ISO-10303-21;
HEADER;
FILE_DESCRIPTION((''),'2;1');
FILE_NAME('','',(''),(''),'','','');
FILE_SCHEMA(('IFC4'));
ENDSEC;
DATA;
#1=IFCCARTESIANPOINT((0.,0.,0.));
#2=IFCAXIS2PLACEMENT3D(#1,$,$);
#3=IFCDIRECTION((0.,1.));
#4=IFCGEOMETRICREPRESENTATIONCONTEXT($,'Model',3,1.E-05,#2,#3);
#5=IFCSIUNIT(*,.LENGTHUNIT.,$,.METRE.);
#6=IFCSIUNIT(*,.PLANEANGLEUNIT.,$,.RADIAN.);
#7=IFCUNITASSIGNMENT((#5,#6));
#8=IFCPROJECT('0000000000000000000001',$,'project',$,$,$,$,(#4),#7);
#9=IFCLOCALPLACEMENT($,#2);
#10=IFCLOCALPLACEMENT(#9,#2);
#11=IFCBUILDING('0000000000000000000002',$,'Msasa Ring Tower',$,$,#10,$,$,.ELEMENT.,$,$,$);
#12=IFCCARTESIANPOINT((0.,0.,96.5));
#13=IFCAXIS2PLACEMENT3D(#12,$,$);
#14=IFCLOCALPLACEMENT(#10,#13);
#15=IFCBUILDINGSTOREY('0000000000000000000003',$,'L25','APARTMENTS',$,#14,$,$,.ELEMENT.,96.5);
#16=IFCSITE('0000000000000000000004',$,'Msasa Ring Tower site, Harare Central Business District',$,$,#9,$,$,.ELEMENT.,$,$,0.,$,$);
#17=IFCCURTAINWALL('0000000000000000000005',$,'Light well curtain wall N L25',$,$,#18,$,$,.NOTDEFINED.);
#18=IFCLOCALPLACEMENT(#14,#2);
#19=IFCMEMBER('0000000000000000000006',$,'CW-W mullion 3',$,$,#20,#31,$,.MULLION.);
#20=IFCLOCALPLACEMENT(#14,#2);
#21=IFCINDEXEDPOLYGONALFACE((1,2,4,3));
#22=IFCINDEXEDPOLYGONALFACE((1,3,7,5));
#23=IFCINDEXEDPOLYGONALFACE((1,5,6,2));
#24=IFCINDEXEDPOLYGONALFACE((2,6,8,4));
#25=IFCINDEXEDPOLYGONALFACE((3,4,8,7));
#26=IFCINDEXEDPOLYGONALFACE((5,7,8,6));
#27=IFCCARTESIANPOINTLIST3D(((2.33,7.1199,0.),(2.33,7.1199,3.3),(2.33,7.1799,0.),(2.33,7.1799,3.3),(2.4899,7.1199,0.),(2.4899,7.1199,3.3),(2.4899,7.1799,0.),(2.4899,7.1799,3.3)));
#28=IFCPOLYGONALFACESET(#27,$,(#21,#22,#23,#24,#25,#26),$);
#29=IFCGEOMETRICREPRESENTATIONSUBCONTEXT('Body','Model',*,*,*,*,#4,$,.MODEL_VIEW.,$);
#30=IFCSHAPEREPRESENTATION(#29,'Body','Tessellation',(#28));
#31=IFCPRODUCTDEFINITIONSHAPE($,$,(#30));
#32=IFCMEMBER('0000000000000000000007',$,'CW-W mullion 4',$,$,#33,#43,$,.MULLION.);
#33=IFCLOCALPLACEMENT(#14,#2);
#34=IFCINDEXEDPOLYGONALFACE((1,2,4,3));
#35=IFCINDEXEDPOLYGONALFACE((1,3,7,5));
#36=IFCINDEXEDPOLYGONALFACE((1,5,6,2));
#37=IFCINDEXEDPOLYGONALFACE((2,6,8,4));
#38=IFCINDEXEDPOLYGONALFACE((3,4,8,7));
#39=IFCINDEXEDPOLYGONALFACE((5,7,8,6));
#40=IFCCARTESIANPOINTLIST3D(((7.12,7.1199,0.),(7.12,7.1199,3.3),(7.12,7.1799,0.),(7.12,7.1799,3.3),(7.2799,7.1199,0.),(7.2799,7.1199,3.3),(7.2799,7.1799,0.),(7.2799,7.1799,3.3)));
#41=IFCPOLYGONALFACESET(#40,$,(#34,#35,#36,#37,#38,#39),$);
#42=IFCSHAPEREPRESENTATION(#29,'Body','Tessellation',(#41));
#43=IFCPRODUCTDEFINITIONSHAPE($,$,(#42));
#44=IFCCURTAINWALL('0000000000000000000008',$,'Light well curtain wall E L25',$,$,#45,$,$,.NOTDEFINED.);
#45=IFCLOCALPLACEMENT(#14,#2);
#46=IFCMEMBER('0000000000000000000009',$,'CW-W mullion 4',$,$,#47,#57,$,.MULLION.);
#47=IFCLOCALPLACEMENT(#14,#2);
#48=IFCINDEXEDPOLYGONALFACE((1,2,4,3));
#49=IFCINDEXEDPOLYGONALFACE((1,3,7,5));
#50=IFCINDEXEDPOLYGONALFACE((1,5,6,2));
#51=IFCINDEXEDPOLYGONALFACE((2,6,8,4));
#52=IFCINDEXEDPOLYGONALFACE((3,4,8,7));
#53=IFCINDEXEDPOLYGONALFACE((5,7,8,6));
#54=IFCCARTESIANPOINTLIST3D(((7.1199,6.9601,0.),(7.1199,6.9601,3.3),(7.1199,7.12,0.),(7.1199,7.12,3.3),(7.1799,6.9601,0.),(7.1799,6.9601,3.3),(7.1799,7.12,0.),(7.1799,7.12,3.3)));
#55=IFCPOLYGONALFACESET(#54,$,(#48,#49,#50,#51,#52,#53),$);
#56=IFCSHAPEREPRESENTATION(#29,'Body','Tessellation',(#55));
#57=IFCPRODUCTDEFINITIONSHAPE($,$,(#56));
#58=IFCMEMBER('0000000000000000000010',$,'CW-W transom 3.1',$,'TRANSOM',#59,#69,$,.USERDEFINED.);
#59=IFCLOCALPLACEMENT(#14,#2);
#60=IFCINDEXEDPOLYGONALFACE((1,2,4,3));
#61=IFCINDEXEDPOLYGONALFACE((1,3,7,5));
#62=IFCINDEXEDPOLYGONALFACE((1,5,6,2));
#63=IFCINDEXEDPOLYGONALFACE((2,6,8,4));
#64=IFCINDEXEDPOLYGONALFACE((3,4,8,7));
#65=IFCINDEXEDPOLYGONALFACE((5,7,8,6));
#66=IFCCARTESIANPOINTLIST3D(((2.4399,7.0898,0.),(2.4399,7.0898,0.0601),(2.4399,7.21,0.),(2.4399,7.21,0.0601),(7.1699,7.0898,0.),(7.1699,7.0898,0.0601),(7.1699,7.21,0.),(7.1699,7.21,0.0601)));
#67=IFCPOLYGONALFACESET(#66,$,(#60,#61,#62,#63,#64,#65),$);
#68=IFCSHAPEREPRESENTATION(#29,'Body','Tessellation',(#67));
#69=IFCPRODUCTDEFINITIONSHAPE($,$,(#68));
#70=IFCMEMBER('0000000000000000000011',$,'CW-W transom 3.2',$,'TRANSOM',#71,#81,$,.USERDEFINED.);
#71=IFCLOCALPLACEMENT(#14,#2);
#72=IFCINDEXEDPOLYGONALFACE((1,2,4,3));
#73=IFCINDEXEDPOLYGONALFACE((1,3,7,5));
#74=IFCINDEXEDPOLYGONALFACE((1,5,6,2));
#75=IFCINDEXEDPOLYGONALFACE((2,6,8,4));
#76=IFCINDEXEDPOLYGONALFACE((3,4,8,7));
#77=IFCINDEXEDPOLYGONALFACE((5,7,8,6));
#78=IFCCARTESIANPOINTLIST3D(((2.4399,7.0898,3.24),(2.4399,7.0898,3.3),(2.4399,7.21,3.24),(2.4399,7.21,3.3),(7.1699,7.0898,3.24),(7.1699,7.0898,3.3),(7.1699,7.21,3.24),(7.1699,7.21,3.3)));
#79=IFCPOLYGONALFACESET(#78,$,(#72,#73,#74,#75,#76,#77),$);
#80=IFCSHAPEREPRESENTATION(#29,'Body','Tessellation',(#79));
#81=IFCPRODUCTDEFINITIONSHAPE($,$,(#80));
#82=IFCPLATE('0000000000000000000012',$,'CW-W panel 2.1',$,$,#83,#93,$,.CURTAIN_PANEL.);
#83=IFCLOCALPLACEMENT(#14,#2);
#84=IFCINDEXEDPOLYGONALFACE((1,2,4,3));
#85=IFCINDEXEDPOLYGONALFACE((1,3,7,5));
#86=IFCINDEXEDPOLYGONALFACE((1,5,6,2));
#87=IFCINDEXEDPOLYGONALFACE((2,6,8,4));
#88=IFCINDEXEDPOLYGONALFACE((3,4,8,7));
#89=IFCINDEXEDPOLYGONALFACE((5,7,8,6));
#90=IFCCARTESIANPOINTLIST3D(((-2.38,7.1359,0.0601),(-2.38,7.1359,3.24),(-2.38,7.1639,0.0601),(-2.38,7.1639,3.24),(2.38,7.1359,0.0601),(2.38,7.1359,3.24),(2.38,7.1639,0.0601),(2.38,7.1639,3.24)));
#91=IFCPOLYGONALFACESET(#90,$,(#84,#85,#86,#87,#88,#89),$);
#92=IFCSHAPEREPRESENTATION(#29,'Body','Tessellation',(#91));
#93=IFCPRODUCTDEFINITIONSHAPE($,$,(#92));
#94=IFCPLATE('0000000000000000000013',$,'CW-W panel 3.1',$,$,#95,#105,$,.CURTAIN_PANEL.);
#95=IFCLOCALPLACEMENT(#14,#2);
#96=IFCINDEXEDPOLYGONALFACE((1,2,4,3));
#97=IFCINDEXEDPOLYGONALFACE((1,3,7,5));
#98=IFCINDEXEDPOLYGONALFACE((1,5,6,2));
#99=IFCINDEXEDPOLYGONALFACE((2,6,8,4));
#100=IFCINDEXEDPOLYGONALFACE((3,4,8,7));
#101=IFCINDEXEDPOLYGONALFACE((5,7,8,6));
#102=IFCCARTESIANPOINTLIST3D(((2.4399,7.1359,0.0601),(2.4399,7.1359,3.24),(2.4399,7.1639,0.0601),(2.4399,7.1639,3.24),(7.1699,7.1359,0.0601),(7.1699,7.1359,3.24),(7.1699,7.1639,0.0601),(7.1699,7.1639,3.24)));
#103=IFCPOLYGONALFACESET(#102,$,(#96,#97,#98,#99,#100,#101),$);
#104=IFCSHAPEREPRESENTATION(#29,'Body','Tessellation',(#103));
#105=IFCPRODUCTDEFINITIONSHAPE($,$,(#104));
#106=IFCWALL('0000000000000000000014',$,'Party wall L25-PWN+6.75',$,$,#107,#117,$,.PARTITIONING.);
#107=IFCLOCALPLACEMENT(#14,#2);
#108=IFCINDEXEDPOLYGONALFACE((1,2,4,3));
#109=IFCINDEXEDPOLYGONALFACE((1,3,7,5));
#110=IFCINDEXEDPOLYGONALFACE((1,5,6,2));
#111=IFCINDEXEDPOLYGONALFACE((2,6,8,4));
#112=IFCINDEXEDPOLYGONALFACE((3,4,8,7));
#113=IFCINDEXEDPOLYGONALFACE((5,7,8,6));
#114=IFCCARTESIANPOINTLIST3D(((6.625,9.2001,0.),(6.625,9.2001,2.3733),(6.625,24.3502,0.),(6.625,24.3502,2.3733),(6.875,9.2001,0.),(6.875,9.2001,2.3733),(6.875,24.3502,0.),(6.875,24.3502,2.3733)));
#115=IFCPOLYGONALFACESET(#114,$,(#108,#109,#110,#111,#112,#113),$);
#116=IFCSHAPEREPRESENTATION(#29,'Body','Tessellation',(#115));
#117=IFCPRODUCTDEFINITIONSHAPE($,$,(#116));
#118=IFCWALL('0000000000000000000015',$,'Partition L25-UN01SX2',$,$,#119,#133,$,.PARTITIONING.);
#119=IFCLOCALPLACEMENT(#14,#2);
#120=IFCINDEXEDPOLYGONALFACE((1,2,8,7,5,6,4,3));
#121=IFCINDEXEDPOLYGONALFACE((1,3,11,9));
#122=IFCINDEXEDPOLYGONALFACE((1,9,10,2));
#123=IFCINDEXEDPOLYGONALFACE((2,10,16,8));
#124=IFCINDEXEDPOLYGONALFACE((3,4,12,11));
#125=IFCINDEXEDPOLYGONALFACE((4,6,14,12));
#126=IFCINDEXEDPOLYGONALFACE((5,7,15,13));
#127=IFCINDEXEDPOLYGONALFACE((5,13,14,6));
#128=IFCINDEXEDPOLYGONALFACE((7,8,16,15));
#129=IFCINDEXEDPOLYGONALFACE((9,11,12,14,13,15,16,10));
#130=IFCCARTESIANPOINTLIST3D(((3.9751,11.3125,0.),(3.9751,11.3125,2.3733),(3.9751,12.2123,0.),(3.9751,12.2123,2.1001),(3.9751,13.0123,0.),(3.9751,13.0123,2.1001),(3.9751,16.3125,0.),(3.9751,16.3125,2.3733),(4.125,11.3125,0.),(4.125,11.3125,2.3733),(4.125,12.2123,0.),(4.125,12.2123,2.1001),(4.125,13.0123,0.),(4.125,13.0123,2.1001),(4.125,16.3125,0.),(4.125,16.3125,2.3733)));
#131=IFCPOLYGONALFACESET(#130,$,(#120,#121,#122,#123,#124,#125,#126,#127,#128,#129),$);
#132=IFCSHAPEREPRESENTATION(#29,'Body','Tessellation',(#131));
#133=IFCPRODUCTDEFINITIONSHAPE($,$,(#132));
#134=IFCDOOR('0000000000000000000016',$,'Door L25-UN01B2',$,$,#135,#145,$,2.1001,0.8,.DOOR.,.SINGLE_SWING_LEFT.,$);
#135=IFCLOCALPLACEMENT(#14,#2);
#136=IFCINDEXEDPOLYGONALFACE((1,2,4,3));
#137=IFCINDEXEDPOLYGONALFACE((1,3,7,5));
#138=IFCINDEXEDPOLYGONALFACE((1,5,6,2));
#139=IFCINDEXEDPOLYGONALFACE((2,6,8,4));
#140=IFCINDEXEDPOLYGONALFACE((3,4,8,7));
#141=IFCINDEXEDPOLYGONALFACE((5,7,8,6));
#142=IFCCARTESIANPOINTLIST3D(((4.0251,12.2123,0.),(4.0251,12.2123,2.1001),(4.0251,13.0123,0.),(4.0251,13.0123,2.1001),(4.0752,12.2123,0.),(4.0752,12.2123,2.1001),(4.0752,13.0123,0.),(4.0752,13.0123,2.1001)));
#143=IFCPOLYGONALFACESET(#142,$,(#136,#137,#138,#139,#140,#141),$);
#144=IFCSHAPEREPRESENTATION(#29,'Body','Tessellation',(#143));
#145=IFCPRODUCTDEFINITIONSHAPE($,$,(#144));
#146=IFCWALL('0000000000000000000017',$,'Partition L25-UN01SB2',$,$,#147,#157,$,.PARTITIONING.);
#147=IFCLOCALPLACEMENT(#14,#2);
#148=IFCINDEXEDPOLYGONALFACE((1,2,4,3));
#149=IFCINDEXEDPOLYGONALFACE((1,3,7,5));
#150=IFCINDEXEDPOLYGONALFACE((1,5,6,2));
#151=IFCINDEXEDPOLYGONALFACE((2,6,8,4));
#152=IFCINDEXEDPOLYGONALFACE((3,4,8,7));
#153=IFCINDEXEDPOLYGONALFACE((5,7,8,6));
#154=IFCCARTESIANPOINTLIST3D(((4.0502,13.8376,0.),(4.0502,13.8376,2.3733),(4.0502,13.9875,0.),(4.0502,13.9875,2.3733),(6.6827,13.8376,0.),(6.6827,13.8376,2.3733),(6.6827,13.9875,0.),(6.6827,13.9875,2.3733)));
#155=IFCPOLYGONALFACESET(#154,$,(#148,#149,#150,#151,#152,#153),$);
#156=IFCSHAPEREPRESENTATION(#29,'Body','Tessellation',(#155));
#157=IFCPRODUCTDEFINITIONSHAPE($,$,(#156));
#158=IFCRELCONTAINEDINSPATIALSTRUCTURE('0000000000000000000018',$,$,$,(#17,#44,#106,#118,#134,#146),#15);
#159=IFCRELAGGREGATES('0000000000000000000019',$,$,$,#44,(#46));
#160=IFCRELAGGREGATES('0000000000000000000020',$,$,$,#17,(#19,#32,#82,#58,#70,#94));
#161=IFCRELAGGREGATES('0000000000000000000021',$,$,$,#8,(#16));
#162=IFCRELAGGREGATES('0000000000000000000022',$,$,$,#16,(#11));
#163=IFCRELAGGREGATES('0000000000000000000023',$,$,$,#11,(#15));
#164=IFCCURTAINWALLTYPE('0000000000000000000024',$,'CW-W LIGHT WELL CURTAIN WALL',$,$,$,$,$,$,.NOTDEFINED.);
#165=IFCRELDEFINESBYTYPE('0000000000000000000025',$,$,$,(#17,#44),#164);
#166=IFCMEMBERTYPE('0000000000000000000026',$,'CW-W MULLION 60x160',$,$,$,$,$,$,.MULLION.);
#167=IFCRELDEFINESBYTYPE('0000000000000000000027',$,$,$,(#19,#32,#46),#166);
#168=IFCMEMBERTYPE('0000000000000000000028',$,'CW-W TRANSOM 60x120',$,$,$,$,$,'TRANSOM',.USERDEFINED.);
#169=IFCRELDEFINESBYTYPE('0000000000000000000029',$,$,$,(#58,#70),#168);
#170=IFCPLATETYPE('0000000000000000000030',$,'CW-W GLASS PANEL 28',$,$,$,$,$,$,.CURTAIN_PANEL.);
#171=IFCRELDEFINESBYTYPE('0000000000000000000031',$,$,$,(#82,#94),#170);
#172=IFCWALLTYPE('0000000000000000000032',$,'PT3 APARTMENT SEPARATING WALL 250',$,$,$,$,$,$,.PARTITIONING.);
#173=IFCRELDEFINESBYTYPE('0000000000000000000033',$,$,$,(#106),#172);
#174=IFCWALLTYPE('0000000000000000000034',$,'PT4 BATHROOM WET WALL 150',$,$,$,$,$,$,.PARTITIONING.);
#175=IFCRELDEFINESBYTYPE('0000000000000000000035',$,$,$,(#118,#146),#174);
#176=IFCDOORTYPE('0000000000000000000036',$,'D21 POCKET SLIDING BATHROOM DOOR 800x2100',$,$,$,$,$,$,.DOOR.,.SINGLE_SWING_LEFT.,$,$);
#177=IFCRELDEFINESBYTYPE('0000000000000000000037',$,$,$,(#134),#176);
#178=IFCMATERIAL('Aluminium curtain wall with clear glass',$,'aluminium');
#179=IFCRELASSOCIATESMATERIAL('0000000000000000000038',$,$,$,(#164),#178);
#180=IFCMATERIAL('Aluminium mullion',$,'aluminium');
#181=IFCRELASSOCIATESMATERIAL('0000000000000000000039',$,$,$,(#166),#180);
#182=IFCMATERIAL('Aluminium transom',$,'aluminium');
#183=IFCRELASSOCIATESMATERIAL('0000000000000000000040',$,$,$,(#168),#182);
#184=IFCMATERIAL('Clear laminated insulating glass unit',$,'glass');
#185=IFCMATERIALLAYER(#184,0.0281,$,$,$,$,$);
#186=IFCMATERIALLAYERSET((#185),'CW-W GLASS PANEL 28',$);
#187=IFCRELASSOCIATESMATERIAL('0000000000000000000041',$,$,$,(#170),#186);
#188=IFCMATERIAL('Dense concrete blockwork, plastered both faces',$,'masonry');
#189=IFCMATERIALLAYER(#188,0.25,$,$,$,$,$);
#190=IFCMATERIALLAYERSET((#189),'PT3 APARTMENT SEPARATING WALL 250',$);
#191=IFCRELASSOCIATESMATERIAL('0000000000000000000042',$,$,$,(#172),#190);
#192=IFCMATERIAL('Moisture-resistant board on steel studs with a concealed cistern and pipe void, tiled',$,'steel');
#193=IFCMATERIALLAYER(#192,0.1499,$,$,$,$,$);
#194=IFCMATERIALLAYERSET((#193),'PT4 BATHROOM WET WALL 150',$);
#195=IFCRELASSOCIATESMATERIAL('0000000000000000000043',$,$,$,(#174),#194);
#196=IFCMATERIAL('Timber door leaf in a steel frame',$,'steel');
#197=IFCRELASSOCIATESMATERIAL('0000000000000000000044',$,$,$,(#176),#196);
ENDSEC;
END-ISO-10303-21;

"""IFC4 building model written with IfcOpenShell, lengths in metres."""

from ifc_helpers import new_model, si_unit, direction, frame, frame_2d, origin, origin_2d, place, context, subcontext, project, spatial, rectangle, extrude, material, layer, layer_set, material_profile, profile_set, type_object, element, fill, aggregate, save


model = new_model("IFC4")

# Units and contexts
model_context = context("Model", 3, precision=1e-05, world=origin(), true_north=direction((0.0, 1.0)))
body_context = subcontext(model_context, "Body", "Model", "MODEL_VIEW")
ifc_project = project(units=[si_unit("LENGTHUNIT", "METRE"), si_unit("PLANEANGLEUNIT", "RADIAN")], contexts=[model_context])

# Site, building, storey
site_placement = place(None, origin())
site = spatial("IfcSite", under=ifc_project, at=site_placement, Name="Msasa Ring Tower site, Harare Central Business District", CompositionType="ELEMENT", RefElevation=0.0)
building_placement = place(site_placement, origin())
building = spatial("IfcBuilding", under=site, at=building_placement, Name="Msasa Ring Tower", CompositionType="ELEMENT")
storey_placement = place(building_placement, frame((0.0, 0.0, 96.5)))
storey = spatial("IfcBuildingStorey", under=building, at=storey_placement, Name="L25", Description="APARTMENTS", CompositionType="ELEMENT", Elevation=96.5)

# Curtain wall, members
ifc_material_1 = material(Name="Aluminium curtain wall with clear glass", Category="aluminium")
curtain_wall_type = type_object("IfcCurtainWallType", Name="CW-W LIGHT WELL CURTAIN WALL", PredefinedType="NOTDEFINED", material=ifc_material_1)
curtain_wall_1_placement = place(storey_placement, origin())
curtain_wall_1 = element("IfcCurtainWall", 1, at=curtain_wall_1_placement, inside=storey, type_object=curtain_wall_type, Name="Light well curtain wall N L25", PredefinedType="NOTDEFINED")
ifc_material_2 = material(Name="Aluminium mullion", Category="aluminium")
ifc_material_profile_1 = material_profile(ifc_material_2, rectangle(XDim=0.0601, YDim=0.1599, at=origin_2d()), Name="AL 60x160")
ifc_profile_set_1 = profile_set([ifc_material_profile_1], Name="Aluminium mullion")
member_type_1 = type_object("IfcMemberType", Name="CW-W MULLION 60x160", PredefinedType="MULLION", material=ifc_profile_set_1)
member_1_placement = place(storey_placement, frame((2.4099, 7.1499, 0.0), z_axis=(0.0, 0.0, 1.0), x_axis=(0.0, 1.0, 0.0)))
member_1 = element("IfcMember", 2, at=member_1_placement, type_object=member_type_1, Name="CW-W mullion 3", PredefinedType="MULLION", context=body_context, shape_type="SweptSolid", body=[
    extrude(rectangle(XDim=0.0601, YDim=0.1599, at=origin_2d()), origin(), (0.0, 0.0, 1.0), 3.3),
])
member_2_placement = place(storey_placement, frame((7.2, 7.1499, 0.0), z_axis=(0.0, 0.0, 1.0), x_axis=(0.0, 1.0, 0.0)))
member_2 = element("IfcMember", 3, at=member_2_placement, type_object=member_type_1, Name="CW-W mullion 4", PredefinedType="MULLION", context=body_context, shape_type="SweptSolid", body=[
    extrude(rectangle(XDim=0.0601, YDim=0.1599, at=origin_2d()), origin(), (0.0, 0.0, 1.0), 3.3),
])

# Curtain wall, member
curtain_wall_2_placement = place(storey_placement, origin())
curtain_wall_2 = element("IfcCurtainWall", 4, at=curtain_wall_2_placement, inside=storey, type_object=curtain_wall_type, Name="Light well curtain wall E L25", PredefinedType="NOTDEFINED")
member_3_placement = place(storey_placement, frame((7.1499, 7.04, 0.0), z_axis=(0.0, 0.0, 1.0), x_axis=(-1.0, 0.0, 0.0)))
member_3 = element("IfcMember", 5, at=member_3_placement, type_object=member_type_1, Name="CW-W mullion 4", PredefinedType="MULLION", context=body_context, shape_type="SweptSolid", body=[
    extrude(rectangle(XDim=0.0601, YDim=0.1599, at=origin_2d()), origin(), (0.0, 0.0, 1.0), 3.3),
])
aggregate(curtain_wall_2, [member_3])

# Members
ifc_material_3 = material(Name="Aluminium transom", Category="aluminium")
ifc_material_profile_2 = material_profile(ifc_material_3, rectangle(XDim=0.1201, YDim=0.0601, at=origin_2d()), Name="AL 60x120")
ifc_profile_set_2 = profile_set([ifc_material_profile_2], Name="Aluminium transom")
member_type_2 = type_object("IfcMemberType", Name="CW-W TRANSOM 60x120", ElementType="TRANSOM", PredefinedType="USERDEFINED", material=ifc_profile_set_2)
member_4_placement = place(storey_placement, frame((2.4399, 7.1499, 0.03), z_axis=(1.0, 0.0, 0.0), x_axis=(0.0, 1.0, 0.0)))
member_4 = element("IfcMember", 6, at=member_4_placement, type_object=member_type_2, Name="CW-W transom 3.1", ObjectType="TRANSOM", PredefinedType="USERDEFINED", context=body_context, shape_type="SweptSolid", body=[
    extrude(rectangle(XDim=0.1201, YDim=0.0601, at=origin_2d()), origin(), (0.0, 0.0, 1.0), 4.73),
])
member_5_placement = place(storey_placement, frame((2.4399, 7.1499, 3.27), z_axis=(1.0, 0.0, 0.0), x_axis=(0.0, 1.0, 0.0)))
member_5 = element("IfcMember", 7, at=member_5_placement, type_object=member_type_2, Name="CW-W transom 3.2", ObjectType="TRANSOM", PredefinedType="USERDEFINED", context=body_context, shape_type="SweptSolid", body=[
    extrude(rectangle(XDim=0.1201, YDim=0.0601, at=origin_2d()), origin(), (0.0, 0.0, 1.0), 4.73),
])

# Plates
ifc_material_4 = material(Name="Clear laminated insulating glass unit", Category="glass")
ifc_layer_1 = layer(ifc_material_4, 0.0281)
ifc_layer_set_1 = layer_set([ifc_layer_1], Name="CW-W GLASS PANEL 28")
plate_type = type_object("IfcPlateType", Name="CW-W GLASS PANEL 28", PredefinedType="CURTAIN_PANEL", material=ifc_layer_set_1)
plate_1_placement = place(storey_placement, frame((0.0, 7.1499, 0.0601), z_axis=(0.0, 0.0, 1.0), x_axis=(1.0, 0.0, 0.0)))
plate_1 = element("IfcPlate", 8, at=plate_1_placement, type_object=plate_type, Name="CW-W panel 2.1", PredefinedType="CURTAIN_PANEL", context=body_context, shape_type="SweptSolid", body=[
    extrude(rectangle(XDim=4.76, YDim=0.0281, at=origin_2d()), origin(), (0.0, 0.0, 1.0), 3.1799),
])
plate_2_placement = place(storey_placement, frame((4.8049, 7.1499, 0.0601), z_axis=(0.0, 0.0, 1.0), x_axis=(1.0, 0.0, 0.0)))
plate_2 = element("IfcPlate", 9, at=plate_2_placement, type_object=plate_type, Name="CW-W panel 3.1", PredefinedType="CURTAIN_PANEL", context=body_context, shape_type="SweptSolid", body=[
    extrude(rectangle(XDim=4.73, YDim=0.0281, at=origin_2d()), origin(), (0.0, 0.0, 1.0), 3.1799),
])
aggregate(curtain_wall_1, [member_1, member_2, plate_1, member_4, member_5, plate_2])

# Wall
ifc_material_5 = material(Name="Dense concrete blockwork, plastered both faces", Category="masonry")
ifc_layer_2 = layer(ifc_material_5, 0.25)
ifc_layer_set_2 = layer_set([ifc_layer_2], Name="PT3 APARTMENT SEPARATING WALL 250")
wall_type_1 = type_object("IfcWallType", Name="PT3 APARTMENT SEPARATING WALL 250", PredefinedType="PARTITIONING", material=ifc_layer_set_2)
wall_1_placement = place(storey_placement, frame((6.75, 9.2, 0.0), z_axis=(0.0, 0.0, 1.0), x_axis=(0.0, 1.0, 0.0)))
element("IfcWall", 10, at=wall_1_placement, inside=storey, type_object=wall_type_1, Name="Party wall L25-PWN+6.75", PredefinedType="PARTITIONING", context=body_context, shape_type="SweptSolid", body=[
    extrude(rectangle(XDim=15.1501, YDim=0.25, at=frame_2d((7.5752, 0.0))), origin(), (0.0, 0.0, 1.0), 2.3733),
])

# Wall, opening, door
ifc_material_6 = material(Name="Moisture-resistant board on steel studs with a concealed cistern and pipe void, tiled", Category="steel")
ifc_layer_3 = layer(ifc_material_6, 0.1499)
ifc_layer_set_3 = layer_set([ifc_layer_3], Name="PT4 BATHROOM WET WALL 150")
wall_type_2 = type_object("IfcWallType", Name="PT4 BATHROOM WET WALL 150", PredefinedType="PARTITIONING", material=ifc_layer_set_3)
wall_2_placement = place(storey_placement, frame((4.05, 11.3125, 0.0), z_axis=(0.0, 0.0, 1.0), x_axis=(0.0, 1.0, 0.0)))
wall_2 = element("IfcWall", 11, at=wall_2_placement, inside=storey, type_object=wall_type_2, Name="Partition L25-UN01SX2", PredefinedType="PARTITIONING", context=body_context, shape_type="SweptSolid", body=[
    extrude(rectangle(XDim=5.0, YDim=0.1499, at=frame_2d((2.5, 0.0))), origin(), (0.0, 0.0, 1.0), 2.3733),
])
opening_1_placement = place(wall_2_placement, frame((0.8999, 0.0, 0.0)))
opening_1 = element("IfcOpeningElement", 12, at=opening_1_placement, cuts=wall_2, PredefinedType="OPENING", context=body_context, shape_type="SweptSolid", body=[
    extrude(rectangle(XDim=0.8, YDim=2.1001, at=frame_2d((0.3999, 1.05))), frame((0.0, 0.085, 0.0), z_axis=(0.0, -1.0, 0.0), x_axis=(1.0, 0.0, 0.0)), (0.0, 0.0, 1.0), 0.1699),
])
ifc_material_7 = material(Name="Timber door leaf in a steel frame", Category="steel")
door_type = type_object("IfcDoorType", Name="D21 POCKET SLIDING BATHROOM DOOR 800x2100", OperationType="SINGLE_SWING_LEFT", PredefinedType="DOOR", material=ifc_material_7)
door_1_placement = place(opening_1_placement, origin())
door_1 = element("IfcDoor", 13, at=door_1_placement, inside=storey, type_object=door_type, Name="Door L25-UN01B2", OperationType="SINGLE_SWING_LEFT", OverallHeight=2.1001, OverallWidth=0.8, PredefinedType="DOOR", context=body_context, shape_type="SweptSolid", body=[
    extrude(rectangle(XDim=0.8, YDim=2.1001, at=frame_2d((0.3999, 1.05))), frame((0.0, 0.0249, 0.0), z_axis=(0.0, -1.0, 0.0), x_axis=(1.0, 0.0, 0.0)), (0.0, 0.0, 1.0), 0.05),
])
fill(opening_1, door_1)

# Wall
wall_3_placement = place(storey_placement, frame((4.05, 13.9126, 0.0), z_axis=(0.0, 0.0, 1.0), x_axis=(1.0, 0.0, 0.0)))
element("IfcWall", 14, at=wall_3_placement, inside=storey, type_object=wall_type_2, Name="Partition L25-UN01SB2", PredefinedType="PARTITIONING", context=body_context, shape_type="SweptSolid", body=[
    extrude(rectangle(XDim=2.6326, YDim=0.1499, at=frame_2d((1.3164, 0.0))), origin(), (0.0, 0.0, 1.0), 2.3733),
])

save(model, "model.ifc")
